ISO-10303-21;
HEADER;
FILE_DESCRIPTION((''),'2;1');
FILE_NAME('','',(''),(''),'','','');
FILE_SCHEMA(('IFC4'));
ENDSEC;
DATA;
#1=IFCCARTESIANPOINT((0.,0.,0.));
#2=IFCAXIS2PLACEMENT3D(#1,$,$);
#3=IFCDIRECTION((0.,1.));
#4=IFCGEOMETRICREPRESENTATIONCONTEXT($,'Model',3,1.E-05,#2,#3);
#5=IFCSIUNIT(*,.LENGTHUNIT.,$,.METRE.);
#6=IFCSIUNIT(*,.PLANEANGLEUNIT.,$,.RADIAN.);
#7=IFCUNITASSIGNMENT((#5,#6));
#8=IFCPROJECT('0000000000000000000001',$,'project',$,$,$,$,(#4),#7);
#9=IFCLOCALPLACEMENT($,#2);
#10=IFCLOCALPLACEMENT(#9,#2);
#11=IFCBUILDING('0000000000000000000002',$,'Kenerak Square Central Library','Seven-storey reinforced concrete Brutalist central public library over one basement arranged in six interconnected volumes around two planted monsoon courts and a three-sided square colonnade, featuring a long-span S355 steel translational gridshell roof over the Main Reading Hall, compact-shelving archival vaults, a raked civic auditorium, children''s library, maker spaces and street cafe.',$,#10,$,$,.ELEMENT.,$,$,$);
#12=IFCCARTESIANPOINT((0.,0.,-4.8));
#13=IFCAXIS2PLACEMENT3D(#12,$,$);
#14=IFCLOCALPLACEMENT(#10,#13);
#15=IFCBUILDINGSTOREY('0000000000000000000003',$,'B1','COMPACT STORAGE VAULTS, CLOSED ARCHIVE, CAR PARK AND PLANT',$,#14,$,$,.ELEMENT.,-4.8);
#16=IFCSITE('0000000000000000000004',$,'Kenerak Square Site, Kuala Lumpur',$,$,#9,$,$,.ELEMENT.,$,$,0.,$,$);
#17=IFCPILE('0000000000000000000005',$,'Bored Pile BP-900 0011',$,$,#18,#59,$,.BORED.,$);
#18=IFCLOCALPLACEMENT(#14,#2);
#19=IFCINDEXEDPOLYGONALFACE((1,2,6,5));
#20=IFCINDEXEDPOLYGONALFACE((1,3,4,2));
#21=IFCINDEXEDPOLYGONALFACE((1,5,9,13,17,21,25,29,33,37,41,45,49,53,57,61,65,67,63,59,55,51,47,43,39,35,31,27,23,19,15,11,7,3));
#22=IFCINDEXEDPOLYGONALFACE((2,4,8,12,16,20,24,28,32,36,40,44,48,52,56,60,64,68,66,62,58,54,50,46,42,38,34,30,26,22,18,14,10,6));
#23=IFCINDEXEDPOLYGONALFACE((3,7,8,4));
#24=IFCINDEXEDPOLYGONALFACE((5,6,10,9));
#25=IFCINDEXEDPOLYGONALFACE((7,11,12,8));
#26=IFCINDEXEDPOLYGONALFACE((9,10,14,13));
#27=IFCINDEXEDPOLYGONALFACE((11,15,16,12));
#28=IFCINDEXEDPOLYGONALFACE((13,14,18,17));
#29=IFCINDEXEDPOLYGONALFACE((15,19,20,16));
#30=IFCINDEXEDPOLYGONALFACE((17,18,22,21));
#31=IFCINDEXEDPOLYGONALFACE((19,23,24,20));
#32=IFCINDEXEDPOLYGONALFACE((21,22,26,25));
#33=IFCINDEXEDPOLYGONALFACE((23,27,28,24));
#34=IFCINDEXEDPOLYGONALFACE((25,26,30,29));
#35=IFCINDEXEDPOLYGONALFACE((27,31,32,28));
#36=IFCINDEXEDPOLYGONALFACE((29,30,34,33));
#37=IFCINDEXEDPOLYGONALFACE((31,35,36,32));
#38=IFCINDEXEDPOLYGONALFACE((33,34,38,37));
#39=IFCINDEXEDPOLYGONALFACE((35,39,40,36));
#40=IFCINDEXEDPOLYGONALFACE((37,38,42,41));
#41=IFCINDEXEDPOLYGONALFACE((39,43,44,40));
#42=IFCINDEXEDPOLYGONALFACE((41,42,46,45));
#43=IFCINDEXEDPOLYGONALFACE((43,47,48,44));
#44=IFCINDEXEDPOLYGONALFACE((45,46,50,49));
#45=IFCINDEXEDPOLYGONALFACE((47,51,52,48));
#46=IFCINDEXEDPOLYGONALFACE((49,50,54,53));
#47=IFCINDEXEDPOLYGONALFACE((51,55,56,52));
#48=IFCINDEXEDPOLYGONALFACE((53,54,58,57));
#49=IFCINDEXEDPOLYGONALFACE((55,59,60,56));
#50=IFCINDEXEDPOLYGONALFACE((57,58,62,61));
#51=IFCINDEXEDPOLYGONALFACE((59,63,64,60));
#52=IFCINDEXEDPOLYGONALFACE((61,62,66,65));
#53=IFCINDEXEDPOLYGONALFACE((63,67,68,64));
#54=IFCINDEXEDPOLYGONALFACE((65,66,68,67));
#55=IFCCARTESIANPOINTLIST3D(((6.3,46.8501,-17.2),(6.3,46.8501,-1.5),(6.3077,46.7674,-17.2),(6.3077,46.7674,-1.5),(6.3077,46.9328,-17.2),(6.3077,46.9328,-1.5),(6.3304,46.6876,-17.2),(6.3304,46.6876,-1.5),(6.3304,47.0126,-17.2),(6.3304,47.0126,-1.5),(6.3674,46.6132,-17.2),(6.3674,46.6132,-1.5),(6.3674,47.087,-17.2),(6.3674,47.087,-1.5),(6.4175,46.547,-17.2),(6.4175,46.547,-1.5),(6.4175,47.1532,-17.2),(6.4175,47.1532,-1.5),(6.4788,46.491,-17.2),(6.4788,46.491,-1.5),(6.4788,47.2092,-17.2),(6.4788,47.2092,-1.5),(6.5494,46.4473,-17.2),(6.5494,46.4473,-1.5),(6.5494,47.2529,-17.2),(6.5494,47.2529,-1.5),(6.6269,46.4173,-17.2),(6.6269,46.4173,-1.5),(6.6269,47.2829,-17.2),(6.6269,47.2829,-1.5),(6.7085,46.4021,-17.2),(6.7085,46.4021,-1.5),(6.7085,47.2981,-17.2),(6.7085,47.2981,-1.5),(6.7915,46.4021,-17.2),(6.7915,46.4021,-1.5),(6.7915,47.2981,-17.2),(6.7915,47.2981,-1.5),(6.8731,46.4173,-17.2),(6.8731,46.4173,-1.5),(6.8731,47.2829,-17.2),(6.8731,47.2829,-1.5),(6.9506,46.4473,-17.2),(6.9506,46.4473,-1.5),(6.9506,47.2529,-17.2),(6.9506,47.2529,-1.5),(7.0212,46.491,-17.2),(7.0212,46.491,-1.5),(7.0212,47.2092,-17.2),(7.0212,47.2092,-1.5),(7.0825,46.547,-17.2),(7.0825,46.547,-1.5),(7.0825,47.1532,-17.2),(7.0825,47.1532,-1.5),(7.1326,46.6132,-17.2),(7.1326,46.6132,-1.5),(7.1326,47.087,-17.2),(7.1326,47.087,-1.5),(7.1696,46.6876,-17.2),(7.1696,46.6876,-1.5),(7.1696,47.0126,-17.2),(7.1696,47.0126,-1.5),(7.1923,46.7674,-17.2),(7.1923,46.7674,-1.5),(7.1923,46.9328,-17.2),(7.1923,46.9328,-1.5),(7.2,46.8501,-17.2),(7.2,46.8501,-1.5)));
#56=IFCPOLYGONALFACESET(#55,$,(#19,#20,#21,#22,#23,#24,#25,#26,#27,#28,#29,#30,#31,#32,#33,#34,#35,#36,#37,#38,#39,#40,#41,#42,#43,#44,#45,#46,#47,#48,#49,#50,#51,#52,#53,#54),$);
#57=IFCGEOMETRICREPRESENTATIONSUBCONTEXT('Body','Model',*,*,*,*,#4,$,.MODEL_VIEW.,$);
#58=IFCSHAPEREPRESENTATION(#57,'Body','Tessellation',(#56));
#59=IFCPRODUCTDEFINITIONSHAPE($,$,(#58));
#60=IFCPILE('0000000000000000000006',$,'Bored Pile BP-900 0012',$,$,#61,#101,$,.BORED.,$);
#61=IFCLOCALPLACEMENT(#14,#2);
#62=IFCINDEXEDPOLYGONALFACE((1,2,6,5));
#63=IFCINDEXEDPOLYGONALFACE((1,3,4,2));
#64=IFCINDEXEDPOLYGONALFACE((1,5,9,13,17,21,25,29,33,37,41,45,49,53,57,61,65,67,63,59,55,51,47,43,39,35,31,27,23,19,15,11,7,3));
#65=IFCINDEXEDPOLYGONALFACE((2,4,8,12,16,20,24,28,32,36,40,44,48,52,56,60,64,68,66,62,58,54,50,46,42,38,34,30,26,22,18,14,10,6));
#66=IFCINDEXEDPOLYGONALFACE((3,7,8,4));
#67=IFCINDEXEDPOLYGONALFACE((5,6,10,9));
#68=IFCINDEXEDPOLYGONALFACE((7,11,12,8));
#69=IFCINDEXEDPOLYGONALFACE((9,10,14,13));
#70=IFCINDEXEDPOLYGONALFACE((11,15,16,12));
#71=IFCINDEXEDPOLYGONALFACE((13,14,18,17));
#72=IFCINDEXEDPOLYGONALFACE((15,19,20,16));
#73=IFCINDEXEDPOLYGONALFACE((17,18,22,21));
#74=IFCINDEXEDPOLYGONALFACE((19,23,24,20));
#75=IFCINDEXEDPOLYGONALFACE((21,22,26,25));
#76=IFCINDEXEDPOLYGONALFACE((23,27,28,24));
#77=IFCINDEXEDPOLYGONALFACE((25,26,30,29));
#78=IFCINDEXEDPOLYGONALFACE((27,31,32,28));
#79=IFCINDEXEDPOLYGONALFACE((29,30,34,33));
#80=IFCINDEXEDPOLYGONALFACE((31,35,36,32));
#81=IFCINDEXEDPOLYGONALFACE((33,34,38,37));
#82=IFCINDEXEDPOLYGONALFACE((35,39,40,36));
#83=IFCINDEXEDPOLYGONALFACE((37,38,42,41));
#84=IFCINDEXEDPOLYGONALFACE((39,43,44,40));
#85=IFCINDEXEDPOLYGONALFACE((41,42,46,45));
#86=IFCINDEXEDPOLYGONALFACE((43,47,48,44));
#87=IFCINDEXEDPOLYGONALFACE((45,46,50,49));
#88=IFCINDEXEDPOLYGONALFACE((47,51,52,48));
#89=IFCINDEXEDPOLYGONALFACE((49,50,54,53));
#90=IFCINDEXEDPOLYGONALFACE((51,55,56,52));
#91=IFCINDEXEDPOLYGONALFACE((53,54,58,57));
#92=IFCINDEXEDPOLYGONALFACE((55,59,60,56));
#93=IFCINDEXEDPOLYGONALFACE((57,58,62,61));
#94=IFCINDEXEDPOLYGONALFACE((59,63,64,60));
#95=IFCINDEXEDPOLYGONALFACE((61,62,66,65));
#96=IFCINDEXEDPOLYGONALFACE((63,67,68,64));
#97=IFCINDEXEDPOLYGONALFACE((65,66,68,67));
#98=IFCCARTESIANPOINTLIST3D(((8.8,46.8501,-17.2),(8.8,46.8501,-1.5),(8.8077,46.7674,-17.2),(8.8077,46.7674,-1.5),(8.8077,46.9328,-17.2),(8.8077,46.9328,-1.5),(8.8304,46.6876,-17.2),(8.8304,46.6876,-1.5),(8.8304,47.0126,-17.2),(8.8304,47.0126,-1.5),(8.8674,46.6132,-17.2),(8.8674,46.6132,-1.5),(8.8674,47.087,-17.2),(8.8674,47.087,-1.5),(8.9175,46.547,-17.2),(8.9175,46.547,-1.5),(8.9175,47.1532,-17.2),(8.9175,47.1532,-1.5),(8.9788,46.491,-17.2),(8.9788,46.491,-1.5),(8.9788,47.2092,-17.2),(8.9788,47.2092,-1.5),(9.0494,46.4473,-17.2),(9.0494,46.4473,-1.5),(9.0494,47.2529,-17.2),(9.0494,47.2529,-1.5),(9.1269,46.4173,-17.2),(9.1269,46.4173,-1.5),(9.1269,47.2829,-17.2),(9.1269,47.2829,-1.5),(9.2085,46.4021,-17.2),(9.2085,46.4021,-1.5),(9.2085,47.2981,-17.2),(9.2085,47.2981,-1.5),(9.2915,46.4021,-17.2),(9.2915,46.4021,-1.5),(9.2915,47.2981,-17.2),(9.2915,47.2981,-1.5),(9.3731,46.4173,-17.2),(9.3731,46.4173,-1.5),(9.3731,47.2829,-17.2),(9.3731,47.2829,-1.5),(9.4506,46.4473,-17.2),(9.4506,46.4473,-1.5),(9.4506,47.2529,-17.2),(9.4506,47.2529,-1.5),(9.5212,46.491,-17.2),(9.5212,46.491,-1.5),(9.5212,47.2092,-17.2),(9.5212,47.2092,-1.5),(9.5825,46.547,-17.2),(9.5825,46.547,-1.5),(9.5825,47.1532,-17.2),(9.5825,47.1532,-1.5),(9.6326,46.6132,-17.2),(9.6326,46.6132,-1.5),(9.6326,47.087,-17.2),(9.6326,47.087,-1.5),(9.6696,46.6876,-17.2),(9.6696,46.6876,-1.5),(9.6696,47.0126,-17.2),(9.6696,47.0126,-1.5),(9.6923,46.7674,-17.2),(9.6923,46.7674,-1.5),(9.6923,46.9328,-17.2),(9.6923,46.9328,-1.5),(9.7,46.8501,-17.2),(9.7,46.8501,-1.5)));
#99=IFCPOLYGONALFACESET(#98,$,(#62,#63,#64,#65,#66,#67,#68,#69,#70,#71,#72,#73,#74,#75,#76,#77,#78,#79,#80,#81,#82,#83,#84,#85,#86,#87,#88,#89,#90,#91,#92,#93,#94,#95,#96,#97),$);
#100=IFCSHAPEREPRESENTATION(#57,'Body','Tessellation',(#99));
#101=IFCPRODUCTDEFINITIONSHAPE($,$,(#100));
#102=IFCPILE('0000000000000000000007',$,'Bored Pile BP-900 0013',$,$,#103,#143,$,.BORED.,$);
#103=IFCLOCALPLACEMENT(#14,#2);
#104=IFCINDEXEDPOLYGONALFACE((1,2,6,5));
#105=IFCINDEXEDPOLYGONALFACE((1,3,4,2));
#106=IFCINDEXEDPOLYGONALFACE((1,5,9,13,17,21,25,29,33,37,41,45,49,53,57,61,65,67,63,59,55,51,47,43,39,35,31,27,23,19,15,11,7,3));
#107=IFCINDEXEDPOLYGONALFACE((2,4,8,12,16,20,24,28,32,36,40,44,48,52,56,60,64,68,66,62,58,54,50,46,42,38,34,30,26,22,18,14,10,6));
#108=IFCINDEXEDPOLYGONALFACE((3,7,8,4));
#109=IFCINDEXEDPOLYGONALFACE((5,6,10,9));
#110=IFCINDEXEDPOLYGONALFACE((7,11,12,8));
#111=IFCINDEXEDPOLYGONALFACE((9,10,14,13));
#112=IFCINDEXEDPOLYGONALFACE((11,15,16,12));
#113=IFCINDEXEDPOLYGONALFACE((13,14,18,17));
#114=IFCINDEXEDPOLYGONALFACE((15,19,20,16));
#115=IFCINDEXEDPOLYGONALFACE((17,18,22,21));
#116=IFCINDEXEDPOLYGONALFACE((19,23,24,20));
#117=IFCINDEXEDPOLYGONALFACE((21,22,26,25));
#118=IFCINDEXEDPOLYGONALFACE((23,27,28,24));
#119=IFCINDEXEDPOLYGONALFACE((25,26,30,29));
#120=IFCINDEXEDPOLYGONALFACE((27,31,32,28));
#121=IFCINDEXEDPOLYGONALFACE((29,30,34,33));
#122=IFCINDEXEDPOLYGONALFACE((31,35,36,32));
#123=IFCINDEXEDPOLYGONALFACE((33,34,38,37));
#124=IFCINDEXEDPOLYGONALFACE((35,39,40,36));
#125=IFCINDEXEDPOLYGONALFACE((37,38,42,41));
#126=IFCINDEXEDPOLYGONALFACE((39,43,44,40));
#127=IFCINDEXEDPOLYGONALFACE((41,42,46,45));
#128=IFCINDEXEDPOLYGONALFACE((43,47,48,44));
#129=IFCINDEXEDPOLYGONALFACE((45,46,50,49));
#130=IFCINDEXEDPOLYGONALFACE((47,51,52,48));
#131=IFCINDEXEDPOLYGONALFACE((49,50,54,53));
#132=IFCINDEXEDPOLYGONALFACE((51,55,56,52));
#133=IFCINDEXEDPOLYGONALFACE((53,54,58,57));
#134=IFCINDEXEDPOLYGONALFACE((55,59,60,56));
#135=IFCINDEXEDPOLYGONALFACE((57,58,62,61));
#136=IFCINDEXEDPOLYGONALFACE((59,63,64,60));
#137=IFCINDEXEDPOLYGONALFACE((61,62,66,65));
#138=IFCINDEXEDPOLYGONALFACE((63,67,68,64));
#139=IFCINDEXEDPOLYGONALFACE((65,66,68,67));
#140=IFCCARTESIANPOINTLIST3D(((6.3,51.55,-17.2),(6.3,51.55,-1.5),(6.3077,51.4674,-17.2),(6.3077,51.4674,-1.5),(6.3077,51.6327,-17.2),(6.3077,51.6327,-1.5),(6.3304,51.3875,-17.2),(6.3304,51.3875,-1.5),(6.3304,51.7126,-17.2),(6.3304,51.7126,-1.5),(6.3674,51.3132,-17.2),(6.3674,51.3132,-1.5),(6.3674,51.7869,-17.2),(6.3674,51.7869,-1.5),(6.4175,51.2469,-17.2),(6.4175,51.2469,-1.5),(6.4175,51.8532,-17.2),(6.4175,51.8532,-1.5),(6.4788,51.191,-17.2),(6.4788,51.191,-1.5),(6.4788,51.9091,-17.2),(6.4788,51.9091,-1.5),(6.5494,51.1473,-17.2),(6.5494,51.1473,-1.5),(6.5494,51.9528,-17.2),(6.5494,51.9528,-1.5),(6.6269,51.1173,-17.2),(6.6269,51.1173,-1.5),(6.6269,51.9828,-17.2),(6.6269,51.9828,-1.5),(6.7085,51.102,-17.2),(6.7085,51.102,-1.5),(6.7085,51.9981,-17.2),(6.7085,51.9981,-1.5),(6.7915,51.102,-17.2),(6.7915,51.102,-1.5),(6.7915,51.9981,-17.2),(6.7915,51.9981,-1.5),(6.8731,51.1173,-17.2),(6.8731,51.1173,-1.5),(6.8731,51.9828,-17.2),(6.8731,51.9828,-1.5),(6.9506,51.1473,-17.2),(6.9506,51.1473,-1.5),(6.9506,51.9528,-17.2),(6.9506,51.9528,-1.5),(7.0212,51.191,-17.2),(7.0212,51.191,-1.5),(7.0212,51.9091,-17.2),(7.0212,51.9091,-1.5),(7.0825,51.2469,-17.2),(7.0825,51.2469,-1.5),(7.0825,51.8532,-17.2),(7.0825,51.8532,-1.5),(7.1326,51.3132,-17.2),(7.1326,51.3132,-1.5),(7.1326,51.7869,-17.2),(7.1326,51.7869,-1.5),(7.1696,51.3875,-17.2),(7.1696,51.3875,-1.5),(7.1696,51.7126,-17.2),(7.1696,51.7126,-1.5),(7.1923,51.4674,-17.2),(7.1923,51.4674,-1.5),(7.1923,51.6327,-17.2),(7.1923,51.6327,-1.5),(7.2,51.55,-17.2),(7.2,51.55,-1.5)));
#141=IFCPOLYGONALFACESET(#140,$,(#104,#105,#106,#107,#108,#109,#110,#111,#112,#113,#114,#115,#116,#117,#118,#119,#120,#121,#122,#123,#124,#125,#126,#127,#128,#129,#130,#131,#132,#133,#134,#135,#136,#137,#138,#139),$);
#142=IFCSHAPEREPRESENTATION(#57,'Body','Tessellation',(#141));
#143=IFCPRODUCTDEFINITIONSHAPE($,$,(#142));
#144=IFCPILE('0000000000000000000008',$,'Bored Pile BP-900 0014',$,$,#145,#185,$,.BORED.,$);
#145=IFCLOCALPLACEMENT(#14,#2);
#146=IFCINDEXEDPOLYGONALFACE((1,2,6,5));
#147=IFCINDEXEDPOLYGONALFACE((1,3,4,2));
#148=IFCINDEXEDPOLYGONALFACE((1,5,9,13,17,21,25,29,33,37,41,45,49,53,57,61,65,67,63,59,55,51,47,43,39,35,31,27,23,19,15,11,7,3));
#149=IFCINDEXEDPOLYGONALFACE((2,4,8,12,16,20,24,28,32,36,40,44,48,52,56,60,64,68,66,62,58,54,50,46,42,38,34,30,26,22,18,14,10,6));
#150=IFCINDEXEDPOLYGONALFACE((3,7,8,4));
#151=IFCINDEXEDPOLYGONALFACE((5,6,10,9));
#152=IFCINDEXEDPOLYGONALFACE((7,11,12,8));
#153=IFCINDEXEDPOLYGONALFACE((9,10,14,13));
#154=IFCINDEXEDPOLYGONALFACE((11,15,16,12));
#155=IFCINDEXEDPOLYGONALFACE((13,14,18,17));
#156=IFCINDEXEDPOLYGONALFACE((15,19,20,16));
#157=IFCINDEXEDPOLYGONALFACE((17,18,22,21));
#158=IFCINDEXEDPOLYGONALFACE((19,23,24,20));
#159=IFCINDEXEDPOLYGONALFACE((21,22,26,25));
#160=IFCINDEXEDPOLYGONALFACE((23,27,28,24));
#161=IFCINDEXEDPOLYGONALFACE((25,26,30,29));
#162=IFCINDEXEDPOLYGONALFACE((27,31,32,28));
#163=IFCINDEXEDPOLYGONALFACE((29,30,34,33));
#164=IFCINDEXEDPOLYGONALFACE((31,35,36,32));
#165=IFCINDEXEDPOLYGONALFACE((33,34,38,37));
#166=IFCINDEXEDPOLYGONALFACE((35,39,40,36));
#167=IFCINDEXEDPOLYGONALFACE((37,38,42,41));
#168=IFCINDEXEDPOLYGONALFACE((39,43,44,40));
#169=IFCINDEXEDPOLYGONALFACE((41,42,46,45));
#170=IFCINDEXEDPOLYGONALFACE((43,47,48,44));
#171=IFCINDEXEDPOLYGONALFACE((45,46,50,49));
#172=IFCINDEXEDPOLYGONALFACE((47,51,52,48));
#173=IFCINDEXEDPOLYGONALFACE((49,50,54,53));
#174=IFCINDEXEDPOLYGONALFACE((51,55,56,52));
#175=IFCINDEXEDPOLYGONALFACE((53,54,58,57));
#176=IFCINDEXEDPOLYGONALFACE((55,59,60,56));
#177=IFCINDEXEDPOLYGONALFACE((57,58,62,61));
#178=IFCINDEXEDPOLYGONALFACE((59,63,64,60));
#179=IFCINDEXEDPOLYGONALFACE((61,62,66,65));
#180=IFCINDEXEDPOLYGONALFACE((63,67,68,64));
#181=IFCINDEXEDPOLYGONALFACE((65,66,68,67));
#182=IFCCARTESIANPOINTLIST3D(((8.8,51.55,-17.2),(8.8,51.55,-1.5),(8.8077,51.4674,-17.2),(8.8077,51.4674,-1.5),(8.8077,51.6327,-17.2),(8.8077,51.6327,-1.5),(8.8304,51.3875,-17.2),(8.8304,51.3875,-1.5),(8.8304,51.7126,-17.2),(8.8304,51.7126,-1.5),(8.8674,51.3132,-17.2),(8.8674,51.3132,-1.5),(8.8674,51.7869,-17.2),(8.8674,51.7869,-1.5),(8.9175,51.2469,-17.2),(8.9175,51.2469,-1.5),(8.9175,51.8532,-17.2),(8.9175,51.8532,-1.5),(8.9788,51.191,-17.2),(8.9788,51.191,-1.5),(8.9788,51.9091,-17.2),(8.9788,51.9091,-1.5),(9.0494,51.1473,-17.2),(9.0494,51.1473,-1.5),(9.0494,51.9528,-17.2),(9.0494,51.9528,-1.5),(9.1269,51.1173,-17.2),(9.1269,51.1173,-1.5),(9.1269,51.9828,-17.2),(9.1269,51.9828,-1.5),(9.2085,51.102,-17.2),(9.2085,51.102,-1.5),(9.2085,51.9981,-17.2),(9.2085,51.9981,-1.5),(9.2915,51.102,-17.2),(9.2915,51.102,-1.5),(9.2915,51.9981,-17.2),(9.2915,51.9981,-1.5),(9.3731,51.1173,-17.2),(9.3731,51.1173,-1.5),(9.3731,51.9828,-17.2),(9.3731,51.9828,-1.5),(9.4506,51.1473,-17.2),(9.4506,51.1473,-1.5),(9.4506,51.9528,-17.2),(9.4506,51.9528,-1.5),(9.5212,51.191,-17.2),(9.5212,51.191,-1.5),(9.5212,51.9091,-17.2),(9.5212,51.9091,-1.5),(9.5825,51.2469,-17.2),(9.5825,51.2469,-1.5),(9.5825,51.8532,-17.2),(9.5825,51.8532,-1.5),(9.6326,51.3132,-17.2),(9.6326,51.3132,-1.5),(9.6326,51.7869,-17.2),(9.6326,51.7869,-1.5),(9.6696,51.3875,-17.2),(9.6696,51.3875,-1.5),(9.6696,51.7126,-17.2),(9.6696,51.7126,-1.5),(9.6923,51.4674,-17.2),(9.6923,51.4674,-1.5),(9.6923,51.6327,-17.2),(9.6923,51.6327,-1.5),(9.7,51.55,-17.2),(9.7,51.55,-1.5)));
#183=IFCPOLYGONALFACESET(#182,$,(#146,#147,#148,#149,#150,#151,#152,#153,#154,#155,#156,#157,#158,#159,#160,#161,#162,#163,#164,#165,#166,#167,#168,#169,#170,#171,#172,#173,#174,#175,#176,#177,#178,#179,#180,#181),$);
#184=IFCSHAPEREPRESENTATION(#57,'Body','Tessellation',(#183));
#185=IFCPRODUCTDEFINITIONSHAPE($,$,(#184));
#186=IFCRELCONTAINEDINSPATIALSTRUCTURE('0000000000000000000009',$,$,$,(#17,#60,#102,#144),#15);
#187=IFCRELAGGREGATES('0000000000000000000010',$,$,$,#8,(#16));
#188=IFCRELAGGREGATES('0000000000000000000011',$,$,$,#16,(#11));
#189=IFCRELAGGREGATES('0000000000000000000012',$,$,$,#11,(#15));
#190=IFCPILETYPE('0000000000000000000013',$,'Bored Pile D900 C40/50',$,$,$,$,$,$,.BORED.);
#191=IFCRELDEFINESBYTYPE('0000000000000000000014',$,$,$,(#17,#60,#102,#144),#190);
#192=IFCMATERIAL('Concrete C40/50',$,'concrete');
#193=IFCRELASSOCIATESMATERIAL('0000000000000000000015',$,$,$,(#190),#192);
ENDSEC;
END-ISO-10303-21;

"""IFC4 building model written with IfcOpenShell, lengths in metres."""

from ifc_helpers import new_model, si_unit, direction, frame, origin, origin_2d, place, context, subcontext, project, spatial, circle, extrude, material, material_profile, profile_set, type_object, element, save


model = new_model("IFC4")

# Units and contexts
model_context = context("Model", 3, precision=1e-05, world=origin(), true_north=direction((0.0, 1.0)))
body_context = subcontext(model_context, "Body", "Model", "MODEL_VIEW")
ifc_project = project(units=[si_unit("LENGTHUNIT", "METRE"), si_unit("PLANEANGLEUNIT", "RADIAN")], contexts=[model_context])

# Site, building, storey
site_placement = place(None, origin())
site = spatial("IfcSite", under=ifc_project, at=site_placement, Name="Kenerak Square Site, Kuala Lumpur", CompositionType="ELEMENT", RefElevation=0.0)
building_placement = place(site_placement, origin())
building = spatial("IfcBuilding", under=site, at=building_placement, Name="Kenerak Square Central Library", Description="Seven-storey reinforced concrete Brutalist central public library over one basement arranged in six interconnected volumes around two planted monsoon courts and a three-sided square colonnade, featuring a long-span S355 steel translational gridshell roof over the Main Reading Hall, compact-shelving archival vaults, a raked civic auditorium, children's library, maker spaces and street cafe.", CompositionType="ELEMENT")
storey_placement = place(building_placement, frame((0.0, 0.0, -4.8)))
storey = spatial("IfcBuildingStorey", under=building, at=storey_placement, Name="B1", Description="COMPACT STORAGE VAULTS, CLOSED ARCHIVE, CAR PARK AND PLANT", CompositionType="ELEMENT", Elevation=-4.8)

# Piles
ifc_material_1 = material(Name="Concrete C40/50", Category="concrete")
ifc_material_profile_1 = material_profile(ifc_material_1, circle(Radius=0.45, at=origin_2d()), Name="BP D900")
ifc_profile_set_1 = profile_set([ifc_material_profile_1], Name="Concrete C40/50")
pile_type = type_object("IfcPileType", Name="Bored Pile D900 C40/50", PredefinedType="BORED", material=ifc_profile_set_1)
for number, where, z_axis, x_axis, name in (
    (1, (6.75, 46.8501, -1.5), (0.0, 0.0, -1.0), (1.0, 0.0, 0.0), "Bored Pile BP-900 0011"),
    (2, (9.25, 46.8501, -1.5), (0.0, 0.0, -1.0), (1.0, 0.0, 0.0), "Bored Pile BP-900 0012"),
    (3, (6.75, 51.55, -1.5), (0.0, 0.0, -1.0), (1.0, 0.0, 0.0), "Bored Pile BP-900 0013"),
    (4, (9.25, 51.55, -1.5), (0.0, 0.0, -1.0), (1.0, 0.0, 0.0), "Bored Pile BP-900 0014"),
):
    element("IfcPile", number, at=place(storey_placement, frame(where, z_axis=z_axis, x_axis=x_axis)), inside=storey, type_object=pile_type, Name=name, PredefinedType="BORED", context=body_context, shape_type="SweptSolid", body=[
        extrude(circle(Radius=0.45, at=origin_2d()), origin(), (0.0, 0.0, 1.0), 15.7),
    ])

save(model, "model.ifc")
